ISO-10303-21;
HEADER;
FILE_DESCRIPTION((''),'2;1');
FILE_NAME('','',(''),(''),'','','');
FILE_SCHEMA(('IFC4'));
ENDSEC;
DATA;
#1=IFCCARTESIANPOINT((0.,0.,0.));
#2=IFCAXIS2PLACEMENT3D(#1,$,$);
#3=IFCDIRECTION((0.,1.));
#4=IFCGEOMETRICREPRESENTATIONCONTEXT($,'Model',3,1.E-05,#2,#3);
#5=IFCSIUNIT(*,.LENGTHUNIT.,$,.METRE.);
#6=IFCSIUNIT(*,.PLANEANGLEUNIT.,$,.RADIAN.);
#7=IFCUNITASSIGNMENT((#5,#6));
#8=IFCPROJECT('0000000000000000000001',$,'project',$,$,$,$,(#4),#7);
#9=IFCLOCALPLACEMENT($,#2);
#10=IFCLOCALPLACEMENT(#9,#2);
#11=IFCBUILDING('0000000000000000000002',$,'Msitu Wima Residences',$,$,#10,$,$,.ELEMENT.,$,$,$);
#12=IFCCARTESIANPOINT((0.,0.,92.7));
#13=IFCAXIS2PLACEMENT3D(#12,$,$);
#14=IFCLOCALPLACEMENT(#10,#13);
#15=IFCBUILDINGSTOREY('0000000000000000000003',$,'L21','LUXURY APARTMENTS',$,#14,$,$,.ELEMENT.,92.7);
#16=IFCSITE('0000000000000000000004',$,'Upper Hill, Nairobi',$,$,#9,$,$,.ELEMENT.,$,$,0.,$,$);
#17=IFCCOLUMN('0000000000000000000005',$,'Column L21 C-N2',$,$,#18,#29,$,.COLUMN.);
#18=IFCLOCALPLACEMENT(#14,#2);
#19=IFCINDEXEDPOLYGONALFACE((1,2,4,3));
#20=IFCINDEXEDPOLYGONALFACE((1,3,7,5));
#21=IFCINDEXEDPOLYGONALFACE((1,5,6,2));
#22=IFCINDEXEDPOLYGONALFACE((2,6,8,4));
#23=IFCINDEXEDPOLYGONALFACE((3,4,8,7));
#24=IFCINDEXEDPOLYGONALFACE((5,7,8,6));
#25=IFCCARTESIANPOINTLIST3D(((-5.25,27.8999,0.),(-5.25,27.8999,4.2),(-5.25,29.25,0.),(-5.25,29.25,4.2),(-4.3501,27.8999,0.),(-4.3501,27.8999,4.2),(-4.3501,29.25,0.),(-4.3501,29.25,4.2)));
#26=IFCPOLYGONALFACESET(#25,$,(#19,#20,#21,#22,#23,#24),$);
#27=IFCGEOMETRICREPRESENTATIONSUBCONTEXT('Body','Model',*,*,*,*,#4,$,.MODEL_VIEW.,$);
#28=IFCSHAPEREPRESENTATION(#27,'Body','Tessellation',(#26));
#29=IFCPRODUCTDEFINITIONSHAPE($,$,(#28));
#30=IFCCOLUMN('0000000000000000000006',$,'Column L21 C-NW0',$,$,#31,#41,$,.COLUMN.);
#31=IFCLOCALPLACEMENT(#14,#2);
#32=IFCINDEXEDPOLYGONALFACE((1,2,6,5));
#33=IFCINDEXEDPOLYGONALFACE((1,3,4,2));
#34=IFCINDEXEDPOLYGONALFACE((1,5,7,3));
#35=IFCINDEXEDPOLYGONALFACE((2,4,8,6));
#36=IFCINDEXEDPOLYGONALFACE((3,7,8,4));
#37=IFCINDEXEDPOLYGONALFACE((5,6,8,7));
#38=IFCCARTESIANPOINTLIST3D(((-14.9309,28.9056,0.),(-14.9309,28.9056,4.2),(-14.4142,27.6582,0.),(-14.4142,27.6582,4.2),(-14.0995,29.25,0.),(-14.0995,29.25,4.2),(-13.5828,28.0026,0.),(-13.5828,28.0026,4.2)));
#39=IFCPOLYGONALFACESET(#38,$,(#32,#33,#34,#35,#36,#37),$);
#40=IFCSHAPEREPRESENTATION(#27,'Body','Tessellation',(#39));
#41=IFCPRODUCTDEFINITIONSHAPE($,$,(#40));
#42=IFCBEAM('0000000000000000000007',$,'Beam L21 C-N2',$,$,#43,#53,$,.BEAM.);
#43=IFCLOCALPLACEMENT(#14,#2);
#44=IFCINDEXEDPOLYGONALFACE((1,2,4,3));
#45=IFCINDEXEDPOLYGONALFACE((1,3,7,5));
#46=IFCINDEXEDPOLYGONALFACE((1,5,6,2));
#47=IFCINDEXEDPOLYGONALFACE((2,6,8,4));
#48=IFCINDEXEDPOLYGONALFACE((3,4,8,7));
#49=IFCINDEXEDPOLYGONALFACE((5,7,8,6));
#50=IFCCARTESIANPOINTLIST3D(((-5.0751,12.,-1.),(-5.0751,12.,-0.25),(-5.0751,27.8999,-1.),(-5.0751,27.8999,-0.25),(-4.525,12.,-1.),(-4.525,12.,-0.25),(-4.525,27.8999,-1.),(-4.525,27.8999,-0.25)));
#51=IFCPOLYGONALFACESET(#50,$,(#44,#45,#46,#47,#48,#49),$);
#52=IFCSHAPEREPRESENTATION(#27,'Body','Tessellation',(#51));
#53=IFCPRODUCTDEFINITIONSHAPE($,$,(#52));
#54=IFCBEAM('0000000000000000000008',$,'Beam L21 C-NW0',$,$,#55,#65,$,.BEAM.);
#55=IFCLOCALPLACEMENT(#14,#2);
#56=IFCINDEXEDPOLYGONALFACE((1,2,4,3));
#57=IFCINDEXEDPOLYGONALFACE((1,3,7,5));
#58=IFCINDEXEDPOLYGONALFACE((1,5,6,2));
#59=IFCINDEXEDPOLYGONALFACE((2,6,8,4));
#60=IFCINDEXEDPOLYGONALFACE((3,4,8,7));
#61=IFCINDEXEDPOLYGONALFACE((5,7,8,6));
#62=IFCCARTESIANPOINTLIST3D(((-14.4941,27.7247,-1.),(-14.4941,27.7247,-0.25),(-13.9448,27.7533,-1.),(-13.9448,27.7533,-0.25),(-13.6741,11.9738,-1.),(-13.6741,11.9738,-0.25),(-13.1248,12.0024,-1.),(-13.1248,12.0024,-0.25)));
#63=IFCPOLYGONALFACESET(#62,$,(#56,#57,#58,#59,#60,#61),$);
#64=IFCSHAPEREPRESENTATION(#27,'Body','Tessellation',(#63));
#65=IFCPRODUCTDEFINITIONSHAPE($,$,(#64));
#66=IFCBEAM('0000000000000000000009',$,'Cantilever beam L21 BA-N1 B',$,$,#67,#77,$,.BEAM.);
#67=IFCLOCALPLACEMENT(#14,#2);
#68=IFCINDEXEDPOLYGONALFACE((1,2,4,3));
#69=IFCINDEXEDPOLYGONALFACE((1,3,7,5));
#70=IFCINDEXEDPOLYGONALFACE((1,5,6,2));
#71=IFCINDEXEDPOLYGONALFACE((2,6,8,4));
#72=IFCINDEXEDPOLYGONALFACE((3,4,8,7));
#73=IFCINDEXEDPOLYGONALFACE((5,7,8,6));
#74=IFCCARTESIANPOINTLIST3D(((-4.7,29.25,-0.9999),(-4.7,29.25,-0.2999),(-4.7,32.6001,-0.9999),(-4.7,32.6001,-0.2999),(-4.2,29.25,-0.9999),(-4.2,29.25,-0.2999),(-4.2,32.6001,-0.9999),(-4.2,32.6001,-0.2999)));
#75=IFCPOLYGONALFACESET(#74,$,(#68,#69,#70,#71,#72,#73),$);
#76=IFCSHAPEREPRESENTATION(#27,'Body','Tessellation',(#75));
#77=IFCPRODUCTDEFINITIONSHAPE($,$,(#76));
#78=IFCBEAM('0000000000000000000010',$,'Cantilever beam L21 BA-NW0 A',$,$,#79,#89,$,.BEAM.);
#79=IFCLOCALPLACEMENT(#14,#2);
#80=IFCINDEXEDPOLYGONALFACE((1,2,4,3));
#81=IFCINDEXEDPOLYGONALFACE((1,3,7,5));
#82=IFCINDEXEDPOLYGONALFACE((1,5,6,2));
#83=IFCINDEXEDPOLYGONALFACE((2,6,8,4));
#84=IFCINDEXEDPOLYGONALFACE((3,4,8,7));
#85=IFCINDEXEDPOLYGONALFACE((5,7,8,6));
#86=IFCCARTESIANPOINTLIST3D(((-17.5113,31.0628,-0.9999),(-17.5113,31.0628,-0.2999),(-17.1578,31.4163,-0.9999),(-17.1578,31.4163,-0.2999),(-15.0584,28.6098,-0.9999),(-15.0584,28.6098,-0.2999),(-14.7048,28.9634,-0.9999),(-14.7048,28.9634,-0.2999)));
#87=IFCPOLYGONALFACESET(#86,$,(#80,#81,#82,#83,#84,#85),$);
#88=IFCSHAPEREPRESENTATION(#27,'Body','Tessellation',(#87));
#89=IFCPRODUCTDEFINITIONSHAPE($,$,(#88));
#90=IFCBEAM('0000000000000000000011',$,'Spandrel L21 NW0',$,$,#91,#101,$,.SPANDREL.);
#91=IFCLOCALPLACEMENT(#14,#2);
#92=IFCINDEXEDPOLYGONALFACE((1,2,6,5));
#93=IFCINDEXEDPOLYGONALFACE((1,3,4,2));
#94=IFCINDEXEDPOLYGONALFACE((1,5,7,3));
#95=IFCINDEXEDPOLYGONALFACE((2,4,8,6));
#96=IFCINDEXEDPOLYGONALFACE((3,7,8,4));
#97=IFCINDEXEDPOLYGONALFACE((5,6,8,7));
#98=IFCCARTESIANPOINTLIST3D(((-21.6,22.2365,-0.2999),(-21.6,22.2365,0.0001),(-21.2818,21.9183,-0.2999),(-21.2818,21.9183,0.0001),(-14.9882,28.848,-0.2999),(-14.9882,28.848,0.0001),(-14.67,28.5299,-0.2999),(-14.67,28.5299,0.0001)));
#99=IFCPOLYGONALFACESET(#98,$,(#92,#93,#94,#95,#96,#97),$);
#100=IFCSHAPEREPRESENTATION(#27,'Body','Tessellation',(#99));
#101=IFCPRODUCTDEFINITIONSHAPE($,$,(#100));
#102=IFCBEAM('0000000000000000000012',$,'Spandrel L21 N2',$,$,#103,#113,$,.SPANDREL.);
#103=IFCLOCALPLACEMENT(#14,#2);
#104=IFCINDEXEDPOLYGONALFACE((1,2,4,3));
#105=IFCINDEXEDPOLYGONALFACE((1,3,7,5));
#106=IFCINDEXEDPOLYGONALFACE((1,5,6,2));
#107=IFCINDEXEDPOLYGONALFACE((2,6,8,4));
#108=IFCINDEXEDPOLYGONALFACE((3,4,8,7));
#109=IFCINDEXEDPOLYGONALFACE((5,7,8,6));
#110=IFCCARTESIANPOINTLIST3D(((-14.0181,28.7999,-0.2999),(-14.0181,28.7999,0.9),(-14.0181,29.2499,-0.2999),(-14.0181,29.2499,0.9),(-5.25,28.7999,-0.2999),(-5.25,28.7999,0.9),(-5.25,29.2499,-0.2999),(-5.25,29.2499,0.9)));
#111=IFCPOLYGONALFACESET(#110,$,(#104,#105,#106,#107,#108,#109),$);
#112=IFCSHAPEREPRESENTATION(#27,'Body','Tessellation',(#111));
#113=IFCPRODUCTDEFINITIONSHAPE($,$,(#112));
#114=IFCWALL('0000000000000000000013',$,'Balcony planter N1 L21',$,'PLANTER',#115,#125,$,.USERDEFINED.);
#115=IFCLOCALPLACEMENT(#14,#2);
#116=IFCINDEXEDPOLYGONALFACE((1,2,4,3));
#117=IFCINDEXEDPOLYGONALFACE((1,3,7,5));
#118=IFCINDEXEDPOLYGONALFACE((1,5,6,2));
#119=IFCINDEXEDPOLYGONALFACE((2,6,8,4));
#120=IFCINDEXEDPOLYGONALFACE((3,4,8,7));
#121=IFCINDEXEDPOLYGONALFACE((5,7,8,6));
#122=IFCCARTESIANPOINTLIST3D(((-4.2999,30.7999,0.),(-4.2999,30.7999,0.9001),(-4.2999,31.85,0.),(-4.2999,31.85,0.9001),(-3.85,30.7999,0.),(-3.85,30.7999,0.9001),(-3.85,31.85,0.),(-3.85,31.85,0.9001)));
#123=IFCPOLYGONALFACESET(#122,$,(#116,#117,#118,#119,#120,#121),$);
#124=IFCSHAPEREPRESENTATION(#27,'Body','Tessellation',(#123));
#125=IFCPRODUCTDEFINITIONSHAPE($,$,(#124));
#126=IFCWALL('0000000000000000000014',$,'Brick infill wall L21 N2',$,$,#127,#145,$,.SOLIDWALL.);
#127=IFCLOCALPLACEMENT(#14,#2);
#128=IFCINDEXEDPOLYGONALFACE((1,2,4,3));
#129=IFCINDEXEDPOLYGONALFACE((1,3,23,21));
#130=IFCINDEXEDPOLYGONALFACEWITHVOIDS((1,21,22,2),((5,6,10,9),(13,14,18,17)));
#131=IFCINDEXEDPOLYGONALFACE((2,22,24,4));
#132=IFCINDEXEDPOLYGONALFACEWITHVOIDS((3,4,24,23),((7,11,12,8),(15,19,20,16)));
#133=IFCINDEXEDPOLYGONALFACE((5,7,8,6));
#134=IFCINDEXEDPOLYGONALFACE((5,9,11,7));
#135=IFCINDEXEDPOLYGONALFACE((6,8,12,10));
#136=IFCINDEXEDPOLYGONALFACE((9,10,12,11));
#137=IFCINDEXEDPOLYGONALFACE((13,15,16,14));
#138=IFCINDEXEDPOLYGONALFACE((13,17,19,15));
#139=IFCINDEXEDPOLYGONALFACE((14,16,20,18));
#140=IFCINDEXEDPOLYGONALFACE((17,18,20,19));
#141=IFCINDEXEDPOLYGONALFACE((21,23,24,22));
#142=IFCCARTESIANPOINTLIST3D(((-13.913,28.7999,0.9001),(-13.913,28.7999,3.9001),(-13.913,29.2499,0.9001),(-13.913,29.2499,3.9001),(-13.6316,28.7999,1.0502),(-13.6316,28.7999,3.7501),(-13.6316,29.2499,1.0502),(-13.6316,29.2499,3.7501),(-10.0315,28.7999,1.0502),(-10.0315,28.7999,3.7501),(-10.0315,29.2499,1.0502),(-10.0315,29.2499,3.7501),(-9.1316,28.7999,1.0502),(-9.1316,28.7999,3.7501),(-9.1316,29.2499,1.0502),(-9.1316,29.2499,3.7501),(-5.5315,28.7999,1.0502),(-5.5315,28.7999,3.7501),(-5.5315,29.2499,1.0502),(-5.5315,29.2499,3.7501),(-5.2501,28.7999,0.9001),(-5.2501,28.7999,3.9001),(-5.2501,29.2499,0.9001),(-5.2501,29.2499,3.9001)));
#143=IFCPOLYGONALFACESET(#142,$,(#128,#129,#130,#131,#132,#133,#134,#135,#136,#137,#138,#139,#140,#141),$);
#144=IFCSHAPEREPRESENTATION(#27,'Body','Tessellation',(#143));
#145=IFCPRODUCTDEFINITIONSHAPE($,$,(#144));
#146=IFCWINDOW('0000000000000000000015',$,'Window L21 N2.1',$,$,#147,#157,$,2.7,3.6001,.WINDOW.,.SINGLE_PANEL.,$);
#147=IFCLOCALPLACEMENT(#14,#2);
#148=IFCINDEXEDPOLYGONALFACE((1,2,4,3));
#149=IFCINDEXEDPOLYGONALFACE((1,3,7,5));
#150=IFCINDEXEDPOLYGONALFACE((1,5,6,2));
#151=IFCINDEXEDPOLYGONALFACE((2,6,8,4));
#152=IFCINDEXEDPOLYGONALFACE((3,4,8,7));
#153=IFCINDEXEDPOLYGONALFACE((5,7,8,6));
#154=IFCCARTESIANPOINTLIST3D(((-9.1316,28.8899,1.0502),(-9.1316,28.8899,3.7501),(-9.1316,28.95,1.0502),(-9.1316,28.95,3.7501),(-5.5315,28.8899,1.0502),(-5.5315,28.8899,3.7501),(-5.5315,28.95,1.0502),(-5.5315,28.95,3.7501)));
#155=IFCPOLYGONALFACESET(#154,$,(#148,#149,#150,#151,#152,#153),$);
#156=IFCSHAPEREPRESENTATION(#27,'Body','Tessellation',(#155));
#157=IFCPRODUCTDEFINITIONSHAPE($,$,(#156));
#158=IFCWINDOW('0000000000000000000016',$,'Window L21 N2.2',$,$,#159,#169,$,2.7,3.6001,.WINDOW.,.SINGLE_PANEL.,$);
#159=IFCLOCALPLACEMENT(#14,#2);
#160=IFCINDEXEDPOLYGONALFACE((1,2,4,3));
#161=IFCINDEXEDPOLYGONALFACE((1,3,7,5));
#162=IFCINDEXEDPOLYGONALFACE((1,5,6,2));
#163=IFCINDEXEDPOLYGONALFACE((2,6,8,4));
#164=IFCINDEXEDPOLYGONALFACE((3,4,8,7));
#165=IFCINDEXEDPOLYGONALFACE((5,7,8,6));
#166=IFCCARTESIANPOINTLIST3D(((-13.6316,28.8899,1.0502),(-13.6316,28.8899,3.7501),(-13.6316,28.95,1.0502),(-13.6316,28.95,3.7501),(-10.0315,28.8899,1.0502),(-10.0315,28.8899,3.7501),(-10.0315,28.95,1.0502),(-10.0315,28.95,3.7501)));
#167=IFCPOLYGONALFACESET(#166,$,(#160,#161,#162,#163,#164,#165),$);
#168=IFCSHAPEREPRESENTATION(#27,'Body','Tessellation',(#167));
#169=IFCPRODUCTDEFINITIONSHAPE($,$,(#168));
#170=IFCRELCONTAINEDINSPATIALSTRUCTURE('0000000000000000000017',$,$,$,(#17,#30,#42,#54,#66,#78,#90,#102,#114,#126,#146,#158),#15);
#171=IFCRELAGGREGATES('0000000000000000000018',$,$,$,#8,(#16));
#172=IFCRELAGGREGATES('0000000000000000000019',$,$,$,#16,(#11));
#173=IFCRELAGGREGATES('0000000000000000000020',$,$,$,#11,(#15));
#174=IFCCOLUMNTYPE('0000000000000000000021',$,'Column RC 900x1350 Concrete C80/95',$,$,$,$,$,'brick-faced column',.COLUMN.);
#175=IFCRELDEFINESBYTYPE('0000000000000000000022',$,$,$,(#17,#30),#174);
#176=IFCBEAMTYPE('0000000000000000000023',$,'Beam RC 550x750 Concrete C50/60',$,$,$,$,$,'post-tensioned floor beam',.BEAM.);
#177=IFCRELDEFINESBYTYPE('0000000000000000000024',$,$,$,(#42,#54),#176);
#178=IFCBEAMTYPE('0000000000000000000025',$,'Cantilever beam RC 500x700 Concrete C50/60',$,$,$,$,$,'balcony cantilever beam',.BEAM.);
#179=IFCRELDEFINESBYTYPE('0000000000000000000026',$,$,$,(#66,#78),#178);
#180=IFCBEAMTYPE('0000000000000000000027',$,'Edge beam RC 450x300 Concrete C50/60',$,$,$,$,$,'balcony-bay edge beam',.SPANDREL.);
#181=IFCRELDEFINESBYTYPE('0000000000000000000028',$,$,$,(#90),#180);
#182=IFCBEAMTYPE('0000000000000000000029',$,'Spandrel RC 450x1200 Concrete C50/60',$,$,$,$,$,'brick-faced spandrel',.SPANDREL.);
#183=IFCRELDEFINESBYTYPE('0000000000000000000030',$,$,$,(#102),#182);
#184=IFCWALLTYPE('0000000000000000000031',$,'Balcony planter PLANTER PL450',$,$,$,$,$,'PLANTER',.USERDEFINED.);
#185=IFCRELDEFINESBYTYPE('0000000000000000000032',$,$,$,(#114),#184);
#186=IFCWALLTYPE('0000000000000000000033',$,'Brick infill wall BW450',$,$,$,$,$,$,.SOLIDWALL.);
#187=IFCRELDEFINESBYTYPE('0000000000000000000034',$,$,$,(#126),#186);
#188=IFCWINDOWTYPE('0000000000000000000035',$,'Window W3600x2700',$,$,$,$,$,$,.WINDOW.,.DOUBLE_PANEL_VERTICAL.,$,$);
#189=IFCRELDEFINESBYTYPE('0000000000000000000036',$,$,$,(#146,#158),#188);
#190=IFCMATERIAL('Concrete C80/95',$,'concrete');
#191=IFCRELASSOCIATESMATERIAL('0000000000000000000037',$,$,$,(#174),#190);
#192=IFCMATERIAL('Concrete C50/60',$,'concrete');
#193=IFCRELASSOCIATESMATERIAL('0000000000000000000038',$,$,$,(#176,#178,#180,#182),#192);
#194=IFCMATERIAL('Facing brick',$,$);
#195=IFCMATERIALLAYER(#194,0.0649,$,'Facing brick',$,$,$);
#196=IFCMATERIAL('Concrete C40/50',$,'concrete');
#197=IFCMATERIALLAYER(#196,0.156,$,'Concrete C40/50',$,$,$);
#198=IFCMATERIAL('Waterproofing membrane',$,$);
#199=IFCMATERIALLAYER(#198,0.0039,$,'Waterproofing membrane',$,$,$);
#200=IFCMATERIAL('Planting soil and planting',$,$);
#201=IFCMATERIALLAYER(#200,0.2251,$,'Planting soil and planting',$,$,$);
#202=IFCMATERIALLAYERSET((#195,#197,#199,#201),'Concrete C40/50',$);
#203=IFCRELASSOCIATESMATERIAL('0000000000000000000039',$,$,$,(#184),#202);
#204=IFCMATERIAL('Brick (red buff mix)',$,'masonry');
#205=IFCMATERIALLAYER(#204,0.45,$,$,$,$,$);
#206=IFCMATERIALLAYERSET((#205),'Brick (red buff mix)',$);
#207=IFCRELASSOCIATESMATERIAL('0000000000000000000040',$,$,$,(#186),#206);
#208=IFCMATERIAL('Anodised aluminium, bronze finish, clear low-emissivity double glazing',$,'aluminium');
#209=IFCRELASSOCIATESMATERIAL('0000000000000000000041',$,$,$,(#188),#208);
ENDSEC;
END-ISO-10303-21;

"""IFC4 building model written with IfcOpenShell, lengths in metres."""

from ifc_helpers import new_model, si_unit, direction, frame, frame_2d, origin, origin_2d, place, context, subcontext, project, spatial, rectangle, extrude, material, layer, layer_set, material_profile, profile_set, type_object, element, fill, save


model = new_model("IFC4")

# Units and contexts
model_context = context("Model", 3, precision=1e-05, world=origin(), true_north=direction((0.0, 1.0)))
body_context = subcontext(model_context, "Body", "Model", "MODEL_VIEW")
ifc_project = project(units=[si_unit("LENGTHUNIT", "METRE"), si_unit("PLANEANGLEUNIT", "RADIAN")], contexts=[model_context])

# Site, building, storey
site_placement = place(None, origin())
site = spatial("IfcSite", under=ifc_project, at=site_placement, Name="Upper Hill, Nairobi", CompositionType="ELEMENT", RefElevation=0.0)
building_placement = place(site_placement, origin())
building = spatial("IfcBuilding", under=site, at=building_placement, Name="Msitu Wima Residences", CompositionType="ELEMENT")
storey_placement = place(building_placement, frame((0.0, 0.0, 92.7)))
storey = spatial("IfcBuildingStorey", under=building, at=storey_placement, Name="L21", Description="LUXURY APARTMENTS", CompositionType="ELEMENT", Elevation=92.7)

# Columns
ifc_material_1 = material(Name="Concrete C80/95", Category="concrete")
ifc_material_profile_1 = material_profile(ifc_material_1, rectangle(XDim=0.8999, YDim=1.3501, at=origin_2d()), Name="RC 900x1350")
ifc_profile_set_1 = profile_set([ifc_material_profile_1], Name="Concrete C80/95")
column_type = type_object("IfcColumnType", Name="Column RC 900x1350 Concrete C80/95", ElementType="brick-faced column", PredefinedType="COLUMN", material=ifc_profile_set_1)
for number, where, z_axis, x_axis, name in (
    (1, (-4.8, 28.575, 0.0), (0.0, 0.0, 1.0), (-1.0, 0.0, 0.0), "Column L21 C-N2"),
    (2, (-14.2568, 28.4541, 0.0), (0.0, 0.0, 1.0), (-0.92388, -0.382683, 0.0), "Column L21 C-NW0"),
):
    element("IfcColumn", number, at=place(storey_placement, frame(where, z_axis=z_axis, x_axis=x_axis)), inside=storey, type_object=column_type, Name=name, PredefinedType="COLUMN", context=body_context, shape_type="SweptSolid", body=[
        extrude(rectangle(XDim=0.8999, YDim=1.3501, at=origin_2d()), origin(), (0.0, 0.0, 1.0), 4.2),
    ])

# Beams
ifc_material_2 = material(Name="Concrete C50/60", Category="concrete")
ifc_material_profile_2 = material_profile(ifc_material_2, rectangle(XDim=0.55, YDim=0.75, at=origin_2d()), Name="RC 550x750")
ifc_profile_set_2 = profile_set([ifc_material_profile_2], Name="Concrete C50/60")
beam_type_1 = type_object("IfcBeamType", Name="Beam RC 550x750 Concrete C50/60", ElementType="post-tensioned floor beam", PredefinedType="BEAM", material=ifc_profile_set_2)
beam_1_placement = place(storey_placement, frame((-4.8, 27.8999, -0.625), z_axis=(0.0, -1.0, 0.0), x_axis=(1.0, 0.0, 0.0)))
element("IfcBeam", 3, at=beam_1_placement, inside=storey, type_object=beam_type_1, Name="Beam L21 C-N2", PredefinedType="BEAM", context=body_context, shape_type="SweptSolid", body=[
    extrude(rectangle(XDim=0.55, YDim=0.75, at=origin_2d()), origin(), (0.0, 0.0, 1.0), 15.8999),
])
beam_2_placement = place(storey_placement, frame((-14.2195, 27.739, -0.625), z_axis=(0.051994, -0.998647, 0.0), x_axis=(0.998647, 0.051994, 0.0)))
element("IfcBeam", 4, at=beam_2_placement, inside=storey, type_object=beam_type_1, Name="Beam L21 C-NW0", PredefinedType="BEAM", context=body_context, shape_type="SweptSolid", body=[
    extrude(rectangle(XDim=0.55, YDim=0.75, at=origin_2d()), origin(), (0.0, 0.0, 1.0), 15.7722),
])
ifc_material_profile_3 = material_profile(ifc_material_2, rectangle(XDim=0.5, YDim=0.7, at=origin_2d()), Name="RC 500x700")
ifc_profile_set_3 = profile_set([ifc_material_profile_3], Name="Concrete C50/60")
beam_type_2 = type_object("IfcBeamType", Name="Cantilever beam RC 500x700 Concrete C50/60", ElementType="balcony cantilever beam", PredefinedType="BEAM", material=ifc_profile_set_3)
beam_3_placement = place(storey_placement, frame((-4.45, 29.25, -0.6499), z_axis=(0.0, 1.0, 0.0), x_axis=(-1.0, 0.0, 0.0)))
element("IfcBeam", 5, at=beam_3_placement, inside=storey, type_object=beam_type_2, Name="Cantilever beam L21 BA-N1 B", PredefinedType="BEAM", context=body_context, shape_type="SweptSolid", body=[
    extrude(rectangle(XDim=0.5, YDim=0.7, at=origin_2d()), origin(), (0.0, 0.0, 1.0), 3.3501),
])
beam_4_placement = place(storey_placement, frame((-14.8816, 28.7866, -0.6499), z_axis=(-0.707107, 0.707107, 0.0), x_axis=(-0.707107, -0.707107, 0.0)))
element("IfcBeam", 6, at=beam_4_placement, inside=storey, type_object=beam_type_2, Name="Cantilever beam L21 BA-NW0 A", PredefinedType="BEAM", context=body_context, shape_type="SweptSolid", body=[
    extrude(rectangle(XDim=0.5, YDim=0.7, at=origin_2d()), origin(), (0.0, 0.0, 1.0), 3.469),
])
ifc_material_profile_4 = material_profile(ifc_material_2, rectangle(XDim=0.45, YDim=0.3, at=origin_2d()), Name="RC 450x300")
ifc_profile_set_4 = profile_set([ifc_material_profile_4], Name="Concrete C50/60")
beam_type_3 = type_object("IfcBeamType", Name="Edge beam RC 450x300 Concrete C50/60", ElementType="balcony-bay edge beam", PredefinedType="SPANDREL", material=ifc_profile_set_4)
beam_5_placement = place(storey_placement, frame((-14.8291, 28.689, -0.1499), z_axis=(-0.70712, -0.707094, 0.0), x_axis=(0.707094, -0.70712, 0.0)))
element("IfcBeam", 7, at=beam_5_placement, inside=storey, type_object=beam_type_3, Name="Spandrel L21 NW0", PredefinedType="SPANDREL", context=body_context, shape_type="SweptSolid", body=[
    extrude(rectangle(XDim=0.45, YDim=0.3, at=origin_2d()), origin(), (0.0, 0.0, 1.0), 9.3503),
])
ifc_material_profile_5 = material_profile(ifc_material_2, rectangle(XDim=0.45, YDim=1.2, at=origin_2d()), Name="RC 450x1200")
ifc_profile_set_5 = profile_set([ifc_material_profile_5], Name="Concrete C50/60")
beam_type_4 = type_object("IfcBeamType", Name="Spandrel RC 450x1200 Concrete C50/60", ElementType="brick-faced spandrel", PredefinedType="SPANDREL", material=ifc_profile_set_5)
beam_6_placement = place(storey_placement, frame((-5.25, 29.0249, 0.3), z_axis=(-1.0, 0.0, 0.0), x_axis=(0.0, -1.0, 0.0)))
element("IfcBeam", 8, at=beam_6_placement, inside=storey, type_object=beam_type_4, Name="Spandrel L21 N2", PredefinedType="SPANDREL", context=body_context, shape_type="SweptSolid", body=[
    extrude(rectangle(XDim=0.45, YDim=1.2, at=origin_2d()), origin(), (0.0, 0.0, 1.0), 8.7681),
])

# Wall
ifc_material_3 = material(Name="Facing brick")
ifc_layer_1 = layer(ifc_material_3, 0.0649, Name="Facing brick")
ifc_material_4 = material(Name="Concrete C40/50", Category="concrete")
ifc_layer_2 = layer(ifc_material_4, 0.156, Name="Concrete C40/50")
ifc_material_5 = material(Name="Waterproofing membrane")
ifc_layer_3 = layer(ifc_material_5, 0.0039, Name="Waterproofing membrane")
ifc_material_6 = material(Name="Planting soil and planting")
ifc_layer_4 = layer(ifc_material_6, 0.2251, Name="Planting soil and planting")
ifc_layer_set_1 = layer_set([ifc_layer_1, ifc_layer_2, ifc_layer_3, ifc_layer_4], Name="Concrete C40/50")
wall_type_1 = type_object("IfcWallType", Name="Balcony planter PLANTER PL450", ElementType="PLANTER", PredefinedType="USERDEFINED", material=ifc_layer_set_1)
wall_1_placement = place(storey_placement, frame((-4.075, 30.8, 0.0), z_axis=(0.0, 0.0, 1.0), x_axis=(0.0, 1.0, 0.0)))
element("IfcWall", 9, at=wall_1_placement, inside=storey, type_object=wall_type_1, Name="Balcony planter N1 L21", ObjectType="PLANTER", PredefinedType="USERDEFINED", context=body_context, shape_type="SweptSolid", body=[
    extrude(rectangle(XDim=1.05, YDim=0.45, at=frame_2d((0.5249, 0.0))), origin(), (0.0, 0.0, 1.0), 0.9001),
])

# Wall, openings, windows
ifc_material_7 = material(Name="Brick (red buff mix)", Category="masonry")
ifc_layer_5 = layer(ifc_material_7, 0.45)
ifc_layer_set_2 = layer_set([ifc_layer_5], Name="Brick (red buff mix)")
wall_type_2 = type_object("IfcWallType", Name="Brick infill wall BW450", PredefinedType="SOLIDWALL", material=ifc_layer_set_2)
wall_2_placement = place(storey_placement, frame((-5.25, 29.0249, 0.9001), z_axis=(0.0, 0.0, 1.0), x_axis=(-1.0, 0.0, 0.0)))
wall_2 = element("IfcWall", 10, at=wall_2_placement, inside=storey, type_object=wall_type_2, Name="Brick infill wall L21 N2", PredefinedType="SOLIDWALL", context=body_context, shape_type="SweptSolid", body=[
    extrude(rectangle(XDim=8.6628, YDim=0.45, at=frame_2d((4.3315, 0.0))), origin(), (0.0, 0.0, 1.0), 3.0),
])
opening_1_placement = place(wall_2_placement, frame((0.2815, 0.0, 0.1499)))
opening_1 = element("IfcOpeningElement", 11, at=opening_1_placement, cuts=wall_2, PredefinedType="OPENING", context=body_context, shape_type="SweptSolid", body=[
    extrude(rectangle(XDim=3.6001, YDim=2.7, at=frame_2d((1.8, 1.3501))), frame((0.0, 0.2349, 0.0), z_axis=(0.0, -1.0, 0.0), x_axis=(1.0, 0.0, 0.0)), (0.0, 0.0, 1.0), 0.47),
])
opening_2_placement = place(wall_2_placement, frame((4.7815, 0.0, 0.1499)))
opening_2 = element("IfcOpeningElement", 12, at=opening_2_placement, cuts=wall_2, PredefinedType="OPENING", context=body_context, shape_type="SweptSolid", body=[
    extrude(rectangle(XDim=3.6001, YDim=2.7, at=frame_2d((1.8, 1.3501))), frame((0.0, 0.2349, 0.0), z_axis=(0.0, -1.0, 0.0), x_axis=(1.0, 0.0, 0.0)), (0.0, 0.0, 1.0), 0.47),
])
ifc_material_8 = material(Name="Anodised aluminium, bronze finish, clear low-emissivity double glazing", Category="aluminium")
window_type = type_object("IfcWindowType", Name="Window W3600x2700", PartitioningType="DOUBLE_PANEL_VERTICAL", PredefinedType="WINDOW", material=ifc_material_8)
window_1_placement = place(opening_1_placement, origin())
window_1 = element("IfcWindow", 13, at=window_1_placement, inside=storey, type_object=window_type, Name="Window L21 N2.1", OverallHeight=2.7, OverallWidth=3.6001, PartitioningType="SINGLE_PANEL", PredefinedType="WINDOW", context=body_context, shape_type="SweptSolid", body=[
    extrude(rectangle(XDim=3.6001, YDim=2.7, at=frame_2d((1.8, 1.3501))), frame((0.0, 0.135, 0.0), z_axis=(0.0, -1.0, 0.0), x_axis=(1.0, 0.0, 0.0)), (0.0, 0.0, 1.0), 0.0601),
])
fill(opening_1, window_1)
window_2_placement = place(opening_2_placement, origin())
window_2 = element("IfcWindow", 14, at=window_2_placement, inside=storey, type_object=window_type, Name="Window L21 N2.2", OverallHeight=2.7, OverallWidth=3.6001, PartitioningType="SINGLE_PANEL", PredefinedType="WINDOW", context=body_context, shape_type="SweptSolid", body=[
    extrude(rectangle(XDim=3.6001, YDim=2.7, at=frame_2d((1.8, 1.3501))), frame((0.0, 0.135, 0.0), z_axis=(0.0, -1.0, 0.0), x_axis=(1.0, 0.0, 0.0)), (0.0, 0.0, 1.0), 0.0601),
])
fill(opening_2, window_2)

save(model, "model.ifc")
